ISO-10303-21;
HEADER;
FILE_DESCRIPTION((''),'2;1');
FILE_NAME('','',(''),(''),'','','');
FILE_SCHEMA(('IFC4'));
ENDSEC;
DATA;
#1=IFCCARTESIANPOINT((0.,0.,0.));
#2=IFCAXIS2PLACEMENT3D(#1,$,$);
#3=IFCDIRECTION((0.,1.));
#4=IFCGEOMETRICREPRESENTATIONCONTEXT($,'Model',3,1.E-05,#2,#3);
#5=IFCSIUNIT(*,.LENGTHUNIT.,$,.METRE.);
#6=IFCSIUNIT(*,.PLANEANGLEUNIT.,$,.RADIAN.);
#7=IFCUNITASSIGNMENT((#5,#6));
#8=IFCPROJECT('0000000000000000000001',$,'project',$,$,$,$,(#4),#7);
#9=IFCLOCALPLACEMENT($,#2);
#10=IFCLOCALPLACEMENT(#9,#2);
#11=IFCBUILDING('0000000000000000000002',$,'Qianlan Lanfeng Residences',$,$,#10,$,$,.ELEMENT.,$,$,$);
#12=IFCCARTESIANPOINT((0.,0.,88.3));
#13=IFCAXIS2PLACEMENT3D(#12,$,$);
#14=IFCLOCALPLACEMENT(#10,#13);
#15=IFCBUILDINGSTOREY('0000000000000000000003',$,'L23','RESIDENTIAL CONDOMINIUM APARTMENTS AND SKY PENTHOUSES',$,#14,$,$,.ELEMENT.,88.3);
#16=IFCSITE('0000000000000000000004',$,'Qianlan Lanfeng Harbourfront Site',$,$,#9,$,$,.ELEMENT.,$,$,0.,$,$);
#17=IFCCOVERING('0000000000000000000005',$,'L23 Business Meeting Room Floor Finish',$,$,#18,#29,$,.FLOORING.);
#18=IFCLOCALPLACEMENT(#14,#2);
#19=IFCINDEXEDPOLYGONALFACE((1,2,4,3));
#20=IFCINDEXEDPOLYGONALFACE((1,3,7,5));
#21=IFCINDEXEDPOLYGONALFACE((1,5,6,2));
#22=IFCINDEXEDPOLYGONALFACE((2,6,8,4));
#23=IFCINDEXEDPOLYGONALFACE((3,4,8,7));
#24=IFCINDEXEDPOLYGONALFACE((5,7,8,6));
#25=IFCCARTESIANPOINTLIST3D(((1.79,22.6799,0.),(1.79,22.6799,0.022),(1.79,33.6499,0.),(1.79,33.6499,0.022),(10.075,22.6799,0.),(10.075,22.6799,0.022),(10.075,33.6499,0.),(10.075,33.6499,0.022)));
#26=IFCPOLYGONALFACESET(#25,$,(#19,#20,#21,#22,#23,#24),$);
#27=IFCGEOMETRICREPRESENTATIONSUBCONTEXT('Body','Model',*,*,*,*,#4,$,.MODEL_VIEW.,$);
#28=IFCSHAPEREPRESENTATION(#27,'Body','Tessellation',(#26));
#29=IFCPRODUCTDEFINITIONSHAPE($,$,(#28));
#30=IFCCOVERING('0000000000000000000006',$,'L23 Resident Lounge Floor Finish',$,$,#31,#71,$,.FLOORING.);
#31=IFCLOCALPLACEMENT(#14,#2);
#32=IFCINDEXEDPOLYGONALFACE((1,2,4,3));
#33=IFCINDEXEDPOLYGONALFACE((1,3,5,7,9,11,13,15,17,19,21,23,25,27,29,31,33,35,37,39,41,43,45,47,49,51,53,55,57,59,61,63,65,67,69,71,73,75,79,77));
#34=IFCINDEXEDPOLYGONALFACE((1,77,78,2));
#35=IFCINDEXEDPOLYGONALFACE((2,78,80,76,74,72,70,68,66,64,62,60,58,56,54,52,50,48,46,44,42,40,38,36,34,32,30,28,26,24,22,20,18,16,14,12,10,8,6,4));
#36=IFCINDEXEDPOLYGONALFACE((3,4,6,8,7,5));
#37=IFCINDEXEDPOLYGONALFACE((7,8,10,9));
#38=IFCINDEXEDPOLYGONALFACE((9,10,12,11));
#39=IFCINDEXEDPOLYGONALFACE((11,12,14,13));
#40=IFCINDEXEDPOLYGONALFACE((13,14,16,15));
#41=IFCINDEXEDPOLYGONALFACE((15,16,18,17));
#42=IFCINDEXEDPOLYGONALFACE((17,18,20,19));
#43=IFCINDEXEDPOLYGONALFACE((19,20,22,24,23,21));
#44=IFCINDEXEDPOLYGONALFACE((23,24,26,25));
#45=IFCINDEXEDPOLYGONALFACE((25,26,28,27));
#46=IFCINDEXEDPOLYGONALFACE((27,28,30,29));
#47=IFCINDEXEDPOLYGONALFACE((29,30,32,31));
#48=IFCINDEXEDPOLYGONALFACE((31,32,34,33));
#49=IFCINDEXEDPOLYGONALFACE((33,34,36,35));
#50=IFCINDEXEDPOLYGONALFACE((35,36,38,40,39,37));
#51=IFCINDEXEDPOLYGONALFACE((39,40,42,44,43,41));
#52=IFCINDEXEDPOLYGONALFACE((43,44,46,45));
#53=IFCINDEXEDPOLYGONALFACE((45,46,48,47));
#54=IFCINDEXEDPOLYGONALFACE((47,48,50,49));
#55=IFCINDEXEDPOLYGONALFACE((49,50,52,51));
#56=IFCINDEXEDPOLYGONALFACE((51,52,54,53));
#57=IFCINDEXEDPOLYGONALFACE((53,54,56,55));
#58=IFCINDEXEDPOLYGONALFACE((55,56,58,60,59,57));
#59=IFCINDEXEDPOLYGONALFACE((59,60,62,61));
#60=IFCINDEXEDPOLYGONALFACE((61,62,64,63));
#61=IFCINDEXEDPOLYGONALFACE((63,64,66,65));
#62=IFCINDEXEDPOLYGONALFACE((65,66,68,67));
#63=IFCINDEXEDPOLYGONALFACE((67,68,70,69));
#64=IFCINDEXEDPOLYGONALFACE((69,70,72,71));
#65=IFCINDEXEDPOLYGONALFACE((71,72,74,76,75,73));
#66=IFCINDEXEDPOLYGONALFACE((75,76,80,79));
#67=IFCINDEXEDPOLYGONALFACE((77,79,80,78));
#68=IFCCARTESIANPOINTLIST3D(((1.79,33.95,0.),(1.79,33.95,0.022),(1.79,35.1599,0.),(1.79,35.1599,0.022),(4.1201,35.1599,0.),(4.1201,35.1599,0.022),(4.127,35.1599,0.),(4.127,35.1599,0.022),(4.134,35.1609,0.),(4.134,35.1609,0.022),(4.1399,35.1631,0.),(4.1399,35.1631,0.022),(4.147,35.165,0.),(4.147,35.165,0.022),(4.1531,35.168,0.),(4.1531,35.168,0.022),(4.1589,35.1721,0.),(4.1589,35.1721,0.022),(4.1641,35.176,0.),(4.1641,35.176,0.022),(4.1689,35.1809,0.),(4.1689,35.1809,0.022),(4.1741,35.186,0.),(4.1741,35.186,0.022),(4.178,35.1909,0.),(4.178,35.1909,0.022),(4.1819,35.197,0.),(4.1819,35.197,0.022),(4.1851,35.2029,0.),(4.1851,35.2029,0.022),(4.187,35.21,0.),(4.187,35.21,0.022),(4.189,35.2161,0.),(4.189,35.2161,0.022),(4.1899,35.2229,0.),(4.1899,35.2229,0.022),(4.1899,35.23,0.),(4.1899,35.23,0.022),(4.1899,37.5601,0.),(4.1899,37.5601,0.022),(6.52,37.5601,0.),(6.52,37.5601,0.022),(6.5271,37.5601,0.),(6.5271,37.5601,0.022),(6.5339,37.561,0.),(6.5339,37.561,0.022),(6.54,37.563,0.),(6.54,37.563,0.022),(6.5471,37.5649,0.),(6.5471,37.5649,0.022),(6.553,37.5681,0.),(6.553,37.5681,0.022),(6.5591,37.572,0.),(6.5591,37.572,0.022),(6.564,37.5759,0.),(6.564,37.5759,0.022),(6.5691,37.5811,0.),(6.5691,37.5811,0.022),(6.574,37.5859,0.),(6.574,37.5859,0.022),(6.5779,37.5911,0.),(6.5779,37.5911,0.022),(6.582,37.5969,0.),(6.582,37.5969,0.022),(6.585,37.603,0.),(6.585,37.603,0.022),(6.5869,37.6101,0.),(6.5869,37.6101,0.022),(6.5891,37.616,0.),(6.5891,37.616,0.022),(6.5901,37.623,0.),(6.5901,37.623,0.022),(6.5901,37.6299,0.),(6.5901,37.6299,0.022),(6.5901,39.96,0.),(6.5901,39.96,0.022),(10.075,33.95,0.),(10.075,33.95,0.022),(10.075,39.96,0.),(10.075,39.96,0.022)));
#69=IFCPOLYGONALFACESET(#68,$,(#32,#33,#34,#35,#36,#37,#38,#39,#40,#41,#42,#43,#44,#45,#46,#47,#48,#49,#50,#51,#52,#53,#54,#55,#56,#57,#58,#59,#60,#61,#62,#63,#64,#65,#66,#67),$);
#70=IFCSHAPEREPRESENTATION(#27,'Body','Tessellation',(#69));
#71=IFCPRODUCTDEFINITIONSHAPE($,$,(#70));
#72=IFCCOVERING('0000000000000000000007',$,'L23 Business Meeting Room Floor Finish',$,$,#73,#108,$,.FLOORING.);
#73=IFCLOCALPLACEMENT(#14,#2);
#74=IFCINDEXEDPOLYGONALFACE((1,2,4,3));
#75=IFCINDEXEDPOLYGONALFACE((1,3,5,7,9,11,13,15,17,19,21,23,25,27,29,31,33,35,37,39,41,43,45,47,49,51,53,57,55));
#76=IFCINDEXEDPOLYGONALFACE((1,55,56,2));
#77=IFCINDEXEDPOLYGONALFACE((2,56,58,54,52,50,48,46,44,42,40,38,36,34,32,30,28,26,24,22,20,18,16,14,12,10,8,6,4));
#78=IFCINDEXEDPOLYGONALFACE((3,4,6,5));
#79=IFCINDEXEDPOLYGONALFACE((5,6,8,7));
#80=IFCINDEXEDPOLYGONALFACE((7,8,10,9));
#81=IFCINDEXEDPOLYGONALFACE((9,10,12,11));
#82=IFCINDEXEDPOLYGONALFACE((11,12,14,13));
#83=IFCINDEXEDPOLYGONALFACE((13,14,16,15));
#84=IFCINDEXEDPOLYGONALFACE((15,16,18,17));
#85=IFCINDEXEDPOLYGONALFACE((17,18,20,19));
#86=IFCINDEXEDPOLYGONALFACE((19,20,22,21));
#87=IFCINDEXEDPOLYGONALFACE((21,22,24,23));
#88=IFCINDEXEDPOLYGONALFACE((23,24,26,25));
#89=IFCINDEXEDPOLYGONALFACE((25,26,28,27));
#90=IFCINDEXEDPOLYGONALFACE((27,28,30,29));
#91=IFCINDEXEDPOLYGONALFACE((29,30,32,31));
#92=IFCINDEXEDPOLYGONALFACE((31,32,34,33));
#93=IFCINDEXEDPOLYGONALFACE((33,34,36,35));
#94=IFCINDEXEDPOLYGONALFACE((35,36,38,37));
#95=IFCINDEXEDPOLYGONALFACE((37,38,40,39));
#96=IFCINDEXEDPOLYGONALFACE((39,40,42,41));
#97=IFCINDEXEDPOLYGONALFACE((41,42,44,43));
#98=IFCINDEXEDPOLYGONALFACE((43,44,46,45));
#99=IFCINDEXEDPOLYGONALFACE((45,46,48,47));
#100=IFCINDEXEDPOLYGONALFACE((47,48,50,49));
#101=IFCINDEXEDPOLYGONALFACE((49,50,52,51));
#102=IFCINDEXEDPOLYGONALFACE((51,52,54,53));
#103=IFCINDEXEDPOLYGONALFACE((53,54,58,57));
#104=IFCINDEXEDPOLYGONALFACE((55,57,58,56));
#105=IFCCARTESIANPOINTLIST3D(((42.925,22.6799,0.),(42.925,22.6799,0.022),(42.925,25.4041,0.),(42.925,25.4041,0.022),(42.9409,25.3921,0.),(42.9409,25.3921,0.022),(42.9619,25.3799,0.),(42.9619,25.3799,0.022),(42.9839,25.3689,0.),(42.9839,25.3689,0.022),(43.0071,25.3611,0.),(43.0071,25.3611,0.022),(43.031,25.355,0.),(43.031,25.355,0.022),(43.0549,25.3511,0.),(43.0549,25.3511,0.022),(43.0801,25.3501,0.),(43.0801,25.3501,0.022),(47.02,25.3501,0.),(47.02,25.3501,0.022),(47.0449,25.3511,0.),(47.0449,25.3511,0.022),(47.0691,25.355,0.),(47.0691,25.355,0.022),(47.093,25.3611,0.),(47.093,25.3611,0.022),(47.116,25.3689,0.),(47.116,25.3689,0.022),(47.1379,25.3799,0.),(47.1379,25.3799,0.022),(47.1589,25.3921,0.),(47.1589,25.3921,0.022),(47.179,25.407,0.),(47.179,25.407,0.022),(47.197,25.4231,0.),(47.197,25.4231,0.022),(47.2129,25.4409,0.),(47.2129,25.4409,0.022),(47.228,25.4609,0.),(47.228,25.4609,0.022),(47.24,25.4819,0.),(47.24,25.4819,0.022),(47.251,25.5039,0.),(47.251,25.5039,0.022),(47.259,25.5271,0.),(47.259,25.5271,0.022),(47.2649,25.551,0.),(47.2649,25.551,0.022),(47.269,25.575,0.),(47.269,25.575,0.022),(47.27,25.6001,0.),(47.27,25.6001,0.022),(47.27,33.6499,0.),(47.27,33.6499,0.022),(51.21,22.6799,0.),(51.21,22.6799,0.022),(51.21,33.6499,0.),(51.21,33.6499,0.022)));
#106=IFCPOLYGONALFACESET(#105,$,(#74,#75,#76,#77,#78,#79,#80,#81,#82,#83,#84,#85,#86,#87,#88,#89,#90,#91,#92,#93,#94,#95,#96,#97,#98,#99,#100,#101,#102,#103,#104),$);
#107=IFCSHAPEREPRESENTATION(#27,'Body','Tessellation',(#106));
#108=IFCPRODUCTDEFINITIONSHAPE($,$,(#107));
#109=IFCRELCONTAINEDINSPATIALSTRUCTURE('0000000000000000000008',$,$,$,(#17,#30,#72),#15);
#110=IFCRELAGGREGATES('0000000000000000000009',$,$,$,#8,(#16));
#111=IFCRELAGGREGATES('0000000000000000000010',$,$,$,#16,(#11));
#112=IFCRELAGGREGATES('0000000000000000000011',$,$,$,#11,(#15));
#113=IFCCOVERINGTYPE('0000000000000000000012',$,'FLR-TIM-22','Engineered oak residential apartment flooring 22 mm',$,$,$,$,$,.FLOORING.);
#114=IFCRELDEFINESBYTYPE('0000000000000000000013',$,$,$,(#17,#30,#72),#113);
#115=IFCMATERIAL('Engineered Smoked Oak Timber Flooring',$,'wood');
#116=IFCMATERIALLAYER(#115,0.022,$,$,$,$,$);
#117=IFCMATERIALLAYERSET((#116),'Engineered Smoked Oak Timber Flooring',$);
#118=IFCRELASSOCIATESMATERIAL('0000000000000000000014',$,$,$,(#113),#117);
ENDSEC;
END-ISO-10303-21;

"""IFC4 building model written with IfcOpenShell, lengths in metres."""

from ifc_helpers import new_model, si_unit, direction, frame, origin, place, context, subcontext, project, spatial, polyline, outline, extrude, material, layer, layer_set, type_object, element, save


model = new_model("IFC4")

# Units and contexts
model_context = context("Model", 3, precision=1e-05, world=origin(), true_north=direction((0.0, 1.0)))
body_context = subcontext(model_context, "Body", "Model", "MODEL_VIEW")
ifc_project = project(units=[si_unit("LENGTHUNIT", "METRE"), si_unit("PLANEANGLEUNIT", "RADIAN")], contexts=[model_context])

# Site, building, storey
site_placement = place(None, origin())
site = spatial("IfcSite", under=ifc_project, at=site_placement, Name="Qianlan Lanfeng Harbourfront Site", CompositionType="ELEMENT", RefElevation=0.0)
building_placement = place(site_placement, origin())
building = spatial("IfcBuilding", under=site, at=building_placement, Name="Qianlan Lanfeng Residences", CompositionType="ELEMENT")
storey_placement = place(building_placement, frame((0.0, 0.0, 88.3)))
storey = spatial("IfcBuildingStorey", under=building, at=storey_placement, Name="L23", Description="RESIDENTIAL CONDOMINIUM APARTMENTS AND SKY PENTHOUSES", CompositionType="ELEMENT", Elevation=88.3)

# Coverings
ifc_material_1 = material(Name="Engineered Smoked Oak Timber Flooring", Category="wood")
ifc_layer_1 = layer(ifc_material_1, 0.022)
ifc_layer_set_1 = layer_set([ifc_layer_1], Name="Engineered Smoked Oak Timber Flooring")
covering_type_1 = type_object("IfcCoveringType", Name="FLR-TIM-22", Description="Engineered oak residential apartment flooring 22 mm", PredefinedType="FLOORING", material=ifc_layer_set_1)
covering_1_placement = place(storey_placement, origin())
element("IfcCovering", 1, at=covering_1_placement, inside=storey, type_object=covering_type_1, Name="L23 Business Meeting Room Floor Finish", PredefinedType="FLOORING", context=body_context, shape_type="SweptSolid", body=[
    extrude(outline(polyline([(10.075, 33.6499), (1.79, 33.6499), (1.79, 22.6799), (10.075, 22.6799), (10.075, 33.6499)])), origin(), (0.0, 0.0, 1.0), 0.022),
])
covering_2_placement = place(storey_placement, origin())
element("IfcCovering", 2, at=covering_2_placement, inside=storey, type_object=covering_type_1, Name="L23 Resident Lounge Floor Finish", PredefinedType="FLOORING", context=body_context, shape_type="SweptSolid", body=[
    extrude(outline(polyline([(1.79, 33.95), (10.075, 33.95), (10.075, 39.96), (6.5901, 39.96), (6.5901, 37.6299), (6.5901, 37.623), (6.5891, 37.616), (6.5869, 37.6101), (6.585, 37.603), (6.582, 37.5969), (6.5779, 37.5911), (6.574, 37.5859), (6.5691, 37.5811), (6.564, 37.5759), (6.5591, 37.572), (6.553, 37.5681), (6.5471, 37.5649), (6.54, 37.563), (6.5339, 37.561), (6.5271, 37.5601), (6.52, 37.5601), (4.1899, 37.5601), (4.1899, 35.23), (4.1899, 35.2229), (4.189, 35.2161), (4.187, 35.21), (4.1851, 35.2029), (4.1819, 35.197), (4.178, 35.1909), (4.1741, 35.186), (4.1689, 35.1809), (4.1641, 35.176), (4.1589, 35.1721), (4.1531, 35.168), (4.147, 35.165), (4.1399, 35.1631), (4.134, 35.1609), (4.127, 35.1599), (4.1201, 35.1599), (1.79, 35.1599), (1.79, 33.95)])), origin(), (0.0, 0.0, 1.0), 0.022),
])
covering_3_placement = place(storey_placement, origin())
element("IfcCovering", 3, at=covering_3_placement, inside=storey, type_object=covering_type_1, Name="L23 Business Meeting Room Floor Finish", PredefinedType="FLOORING", context=body_context, shape_type="SweptSolid", body=[
    extrude(outline(polyline([(51.21, 33.6499), (47.27, 33.6499), (47.27, 25.6001), (47.269, 25.575), (47.2649, 25.551), (47.259, 25.5271), (47.251, 25.5039), (47.24, 25.4819), (47.228, 25.4609), (47.2129, 25.4409), (47.197, 25.4231), (47.179, 25.407), (47.1589, 25.3921), (47.1379, 25.3799), (47.116, 25.3689), (47.093, 25.3611), (47.0691, 25.355), (47.0449, 25.3511), (47.02, 25.3501), (43.0801, 25.3501), (43.0549, 25.3511), (43.031, 25.355), (43.0071, 25.3611), (42.9839, 25.3689), (42.9619, 25.3799), (42.9409, 25.3921), (42.925, 25.4041), (42.925, 22.6799), (51.21, 22.6799), (51.21, 33.6499)])), origin(), (0.0, 0.0, 1.0), 0.022),
])

save(model, "model.ifc")
